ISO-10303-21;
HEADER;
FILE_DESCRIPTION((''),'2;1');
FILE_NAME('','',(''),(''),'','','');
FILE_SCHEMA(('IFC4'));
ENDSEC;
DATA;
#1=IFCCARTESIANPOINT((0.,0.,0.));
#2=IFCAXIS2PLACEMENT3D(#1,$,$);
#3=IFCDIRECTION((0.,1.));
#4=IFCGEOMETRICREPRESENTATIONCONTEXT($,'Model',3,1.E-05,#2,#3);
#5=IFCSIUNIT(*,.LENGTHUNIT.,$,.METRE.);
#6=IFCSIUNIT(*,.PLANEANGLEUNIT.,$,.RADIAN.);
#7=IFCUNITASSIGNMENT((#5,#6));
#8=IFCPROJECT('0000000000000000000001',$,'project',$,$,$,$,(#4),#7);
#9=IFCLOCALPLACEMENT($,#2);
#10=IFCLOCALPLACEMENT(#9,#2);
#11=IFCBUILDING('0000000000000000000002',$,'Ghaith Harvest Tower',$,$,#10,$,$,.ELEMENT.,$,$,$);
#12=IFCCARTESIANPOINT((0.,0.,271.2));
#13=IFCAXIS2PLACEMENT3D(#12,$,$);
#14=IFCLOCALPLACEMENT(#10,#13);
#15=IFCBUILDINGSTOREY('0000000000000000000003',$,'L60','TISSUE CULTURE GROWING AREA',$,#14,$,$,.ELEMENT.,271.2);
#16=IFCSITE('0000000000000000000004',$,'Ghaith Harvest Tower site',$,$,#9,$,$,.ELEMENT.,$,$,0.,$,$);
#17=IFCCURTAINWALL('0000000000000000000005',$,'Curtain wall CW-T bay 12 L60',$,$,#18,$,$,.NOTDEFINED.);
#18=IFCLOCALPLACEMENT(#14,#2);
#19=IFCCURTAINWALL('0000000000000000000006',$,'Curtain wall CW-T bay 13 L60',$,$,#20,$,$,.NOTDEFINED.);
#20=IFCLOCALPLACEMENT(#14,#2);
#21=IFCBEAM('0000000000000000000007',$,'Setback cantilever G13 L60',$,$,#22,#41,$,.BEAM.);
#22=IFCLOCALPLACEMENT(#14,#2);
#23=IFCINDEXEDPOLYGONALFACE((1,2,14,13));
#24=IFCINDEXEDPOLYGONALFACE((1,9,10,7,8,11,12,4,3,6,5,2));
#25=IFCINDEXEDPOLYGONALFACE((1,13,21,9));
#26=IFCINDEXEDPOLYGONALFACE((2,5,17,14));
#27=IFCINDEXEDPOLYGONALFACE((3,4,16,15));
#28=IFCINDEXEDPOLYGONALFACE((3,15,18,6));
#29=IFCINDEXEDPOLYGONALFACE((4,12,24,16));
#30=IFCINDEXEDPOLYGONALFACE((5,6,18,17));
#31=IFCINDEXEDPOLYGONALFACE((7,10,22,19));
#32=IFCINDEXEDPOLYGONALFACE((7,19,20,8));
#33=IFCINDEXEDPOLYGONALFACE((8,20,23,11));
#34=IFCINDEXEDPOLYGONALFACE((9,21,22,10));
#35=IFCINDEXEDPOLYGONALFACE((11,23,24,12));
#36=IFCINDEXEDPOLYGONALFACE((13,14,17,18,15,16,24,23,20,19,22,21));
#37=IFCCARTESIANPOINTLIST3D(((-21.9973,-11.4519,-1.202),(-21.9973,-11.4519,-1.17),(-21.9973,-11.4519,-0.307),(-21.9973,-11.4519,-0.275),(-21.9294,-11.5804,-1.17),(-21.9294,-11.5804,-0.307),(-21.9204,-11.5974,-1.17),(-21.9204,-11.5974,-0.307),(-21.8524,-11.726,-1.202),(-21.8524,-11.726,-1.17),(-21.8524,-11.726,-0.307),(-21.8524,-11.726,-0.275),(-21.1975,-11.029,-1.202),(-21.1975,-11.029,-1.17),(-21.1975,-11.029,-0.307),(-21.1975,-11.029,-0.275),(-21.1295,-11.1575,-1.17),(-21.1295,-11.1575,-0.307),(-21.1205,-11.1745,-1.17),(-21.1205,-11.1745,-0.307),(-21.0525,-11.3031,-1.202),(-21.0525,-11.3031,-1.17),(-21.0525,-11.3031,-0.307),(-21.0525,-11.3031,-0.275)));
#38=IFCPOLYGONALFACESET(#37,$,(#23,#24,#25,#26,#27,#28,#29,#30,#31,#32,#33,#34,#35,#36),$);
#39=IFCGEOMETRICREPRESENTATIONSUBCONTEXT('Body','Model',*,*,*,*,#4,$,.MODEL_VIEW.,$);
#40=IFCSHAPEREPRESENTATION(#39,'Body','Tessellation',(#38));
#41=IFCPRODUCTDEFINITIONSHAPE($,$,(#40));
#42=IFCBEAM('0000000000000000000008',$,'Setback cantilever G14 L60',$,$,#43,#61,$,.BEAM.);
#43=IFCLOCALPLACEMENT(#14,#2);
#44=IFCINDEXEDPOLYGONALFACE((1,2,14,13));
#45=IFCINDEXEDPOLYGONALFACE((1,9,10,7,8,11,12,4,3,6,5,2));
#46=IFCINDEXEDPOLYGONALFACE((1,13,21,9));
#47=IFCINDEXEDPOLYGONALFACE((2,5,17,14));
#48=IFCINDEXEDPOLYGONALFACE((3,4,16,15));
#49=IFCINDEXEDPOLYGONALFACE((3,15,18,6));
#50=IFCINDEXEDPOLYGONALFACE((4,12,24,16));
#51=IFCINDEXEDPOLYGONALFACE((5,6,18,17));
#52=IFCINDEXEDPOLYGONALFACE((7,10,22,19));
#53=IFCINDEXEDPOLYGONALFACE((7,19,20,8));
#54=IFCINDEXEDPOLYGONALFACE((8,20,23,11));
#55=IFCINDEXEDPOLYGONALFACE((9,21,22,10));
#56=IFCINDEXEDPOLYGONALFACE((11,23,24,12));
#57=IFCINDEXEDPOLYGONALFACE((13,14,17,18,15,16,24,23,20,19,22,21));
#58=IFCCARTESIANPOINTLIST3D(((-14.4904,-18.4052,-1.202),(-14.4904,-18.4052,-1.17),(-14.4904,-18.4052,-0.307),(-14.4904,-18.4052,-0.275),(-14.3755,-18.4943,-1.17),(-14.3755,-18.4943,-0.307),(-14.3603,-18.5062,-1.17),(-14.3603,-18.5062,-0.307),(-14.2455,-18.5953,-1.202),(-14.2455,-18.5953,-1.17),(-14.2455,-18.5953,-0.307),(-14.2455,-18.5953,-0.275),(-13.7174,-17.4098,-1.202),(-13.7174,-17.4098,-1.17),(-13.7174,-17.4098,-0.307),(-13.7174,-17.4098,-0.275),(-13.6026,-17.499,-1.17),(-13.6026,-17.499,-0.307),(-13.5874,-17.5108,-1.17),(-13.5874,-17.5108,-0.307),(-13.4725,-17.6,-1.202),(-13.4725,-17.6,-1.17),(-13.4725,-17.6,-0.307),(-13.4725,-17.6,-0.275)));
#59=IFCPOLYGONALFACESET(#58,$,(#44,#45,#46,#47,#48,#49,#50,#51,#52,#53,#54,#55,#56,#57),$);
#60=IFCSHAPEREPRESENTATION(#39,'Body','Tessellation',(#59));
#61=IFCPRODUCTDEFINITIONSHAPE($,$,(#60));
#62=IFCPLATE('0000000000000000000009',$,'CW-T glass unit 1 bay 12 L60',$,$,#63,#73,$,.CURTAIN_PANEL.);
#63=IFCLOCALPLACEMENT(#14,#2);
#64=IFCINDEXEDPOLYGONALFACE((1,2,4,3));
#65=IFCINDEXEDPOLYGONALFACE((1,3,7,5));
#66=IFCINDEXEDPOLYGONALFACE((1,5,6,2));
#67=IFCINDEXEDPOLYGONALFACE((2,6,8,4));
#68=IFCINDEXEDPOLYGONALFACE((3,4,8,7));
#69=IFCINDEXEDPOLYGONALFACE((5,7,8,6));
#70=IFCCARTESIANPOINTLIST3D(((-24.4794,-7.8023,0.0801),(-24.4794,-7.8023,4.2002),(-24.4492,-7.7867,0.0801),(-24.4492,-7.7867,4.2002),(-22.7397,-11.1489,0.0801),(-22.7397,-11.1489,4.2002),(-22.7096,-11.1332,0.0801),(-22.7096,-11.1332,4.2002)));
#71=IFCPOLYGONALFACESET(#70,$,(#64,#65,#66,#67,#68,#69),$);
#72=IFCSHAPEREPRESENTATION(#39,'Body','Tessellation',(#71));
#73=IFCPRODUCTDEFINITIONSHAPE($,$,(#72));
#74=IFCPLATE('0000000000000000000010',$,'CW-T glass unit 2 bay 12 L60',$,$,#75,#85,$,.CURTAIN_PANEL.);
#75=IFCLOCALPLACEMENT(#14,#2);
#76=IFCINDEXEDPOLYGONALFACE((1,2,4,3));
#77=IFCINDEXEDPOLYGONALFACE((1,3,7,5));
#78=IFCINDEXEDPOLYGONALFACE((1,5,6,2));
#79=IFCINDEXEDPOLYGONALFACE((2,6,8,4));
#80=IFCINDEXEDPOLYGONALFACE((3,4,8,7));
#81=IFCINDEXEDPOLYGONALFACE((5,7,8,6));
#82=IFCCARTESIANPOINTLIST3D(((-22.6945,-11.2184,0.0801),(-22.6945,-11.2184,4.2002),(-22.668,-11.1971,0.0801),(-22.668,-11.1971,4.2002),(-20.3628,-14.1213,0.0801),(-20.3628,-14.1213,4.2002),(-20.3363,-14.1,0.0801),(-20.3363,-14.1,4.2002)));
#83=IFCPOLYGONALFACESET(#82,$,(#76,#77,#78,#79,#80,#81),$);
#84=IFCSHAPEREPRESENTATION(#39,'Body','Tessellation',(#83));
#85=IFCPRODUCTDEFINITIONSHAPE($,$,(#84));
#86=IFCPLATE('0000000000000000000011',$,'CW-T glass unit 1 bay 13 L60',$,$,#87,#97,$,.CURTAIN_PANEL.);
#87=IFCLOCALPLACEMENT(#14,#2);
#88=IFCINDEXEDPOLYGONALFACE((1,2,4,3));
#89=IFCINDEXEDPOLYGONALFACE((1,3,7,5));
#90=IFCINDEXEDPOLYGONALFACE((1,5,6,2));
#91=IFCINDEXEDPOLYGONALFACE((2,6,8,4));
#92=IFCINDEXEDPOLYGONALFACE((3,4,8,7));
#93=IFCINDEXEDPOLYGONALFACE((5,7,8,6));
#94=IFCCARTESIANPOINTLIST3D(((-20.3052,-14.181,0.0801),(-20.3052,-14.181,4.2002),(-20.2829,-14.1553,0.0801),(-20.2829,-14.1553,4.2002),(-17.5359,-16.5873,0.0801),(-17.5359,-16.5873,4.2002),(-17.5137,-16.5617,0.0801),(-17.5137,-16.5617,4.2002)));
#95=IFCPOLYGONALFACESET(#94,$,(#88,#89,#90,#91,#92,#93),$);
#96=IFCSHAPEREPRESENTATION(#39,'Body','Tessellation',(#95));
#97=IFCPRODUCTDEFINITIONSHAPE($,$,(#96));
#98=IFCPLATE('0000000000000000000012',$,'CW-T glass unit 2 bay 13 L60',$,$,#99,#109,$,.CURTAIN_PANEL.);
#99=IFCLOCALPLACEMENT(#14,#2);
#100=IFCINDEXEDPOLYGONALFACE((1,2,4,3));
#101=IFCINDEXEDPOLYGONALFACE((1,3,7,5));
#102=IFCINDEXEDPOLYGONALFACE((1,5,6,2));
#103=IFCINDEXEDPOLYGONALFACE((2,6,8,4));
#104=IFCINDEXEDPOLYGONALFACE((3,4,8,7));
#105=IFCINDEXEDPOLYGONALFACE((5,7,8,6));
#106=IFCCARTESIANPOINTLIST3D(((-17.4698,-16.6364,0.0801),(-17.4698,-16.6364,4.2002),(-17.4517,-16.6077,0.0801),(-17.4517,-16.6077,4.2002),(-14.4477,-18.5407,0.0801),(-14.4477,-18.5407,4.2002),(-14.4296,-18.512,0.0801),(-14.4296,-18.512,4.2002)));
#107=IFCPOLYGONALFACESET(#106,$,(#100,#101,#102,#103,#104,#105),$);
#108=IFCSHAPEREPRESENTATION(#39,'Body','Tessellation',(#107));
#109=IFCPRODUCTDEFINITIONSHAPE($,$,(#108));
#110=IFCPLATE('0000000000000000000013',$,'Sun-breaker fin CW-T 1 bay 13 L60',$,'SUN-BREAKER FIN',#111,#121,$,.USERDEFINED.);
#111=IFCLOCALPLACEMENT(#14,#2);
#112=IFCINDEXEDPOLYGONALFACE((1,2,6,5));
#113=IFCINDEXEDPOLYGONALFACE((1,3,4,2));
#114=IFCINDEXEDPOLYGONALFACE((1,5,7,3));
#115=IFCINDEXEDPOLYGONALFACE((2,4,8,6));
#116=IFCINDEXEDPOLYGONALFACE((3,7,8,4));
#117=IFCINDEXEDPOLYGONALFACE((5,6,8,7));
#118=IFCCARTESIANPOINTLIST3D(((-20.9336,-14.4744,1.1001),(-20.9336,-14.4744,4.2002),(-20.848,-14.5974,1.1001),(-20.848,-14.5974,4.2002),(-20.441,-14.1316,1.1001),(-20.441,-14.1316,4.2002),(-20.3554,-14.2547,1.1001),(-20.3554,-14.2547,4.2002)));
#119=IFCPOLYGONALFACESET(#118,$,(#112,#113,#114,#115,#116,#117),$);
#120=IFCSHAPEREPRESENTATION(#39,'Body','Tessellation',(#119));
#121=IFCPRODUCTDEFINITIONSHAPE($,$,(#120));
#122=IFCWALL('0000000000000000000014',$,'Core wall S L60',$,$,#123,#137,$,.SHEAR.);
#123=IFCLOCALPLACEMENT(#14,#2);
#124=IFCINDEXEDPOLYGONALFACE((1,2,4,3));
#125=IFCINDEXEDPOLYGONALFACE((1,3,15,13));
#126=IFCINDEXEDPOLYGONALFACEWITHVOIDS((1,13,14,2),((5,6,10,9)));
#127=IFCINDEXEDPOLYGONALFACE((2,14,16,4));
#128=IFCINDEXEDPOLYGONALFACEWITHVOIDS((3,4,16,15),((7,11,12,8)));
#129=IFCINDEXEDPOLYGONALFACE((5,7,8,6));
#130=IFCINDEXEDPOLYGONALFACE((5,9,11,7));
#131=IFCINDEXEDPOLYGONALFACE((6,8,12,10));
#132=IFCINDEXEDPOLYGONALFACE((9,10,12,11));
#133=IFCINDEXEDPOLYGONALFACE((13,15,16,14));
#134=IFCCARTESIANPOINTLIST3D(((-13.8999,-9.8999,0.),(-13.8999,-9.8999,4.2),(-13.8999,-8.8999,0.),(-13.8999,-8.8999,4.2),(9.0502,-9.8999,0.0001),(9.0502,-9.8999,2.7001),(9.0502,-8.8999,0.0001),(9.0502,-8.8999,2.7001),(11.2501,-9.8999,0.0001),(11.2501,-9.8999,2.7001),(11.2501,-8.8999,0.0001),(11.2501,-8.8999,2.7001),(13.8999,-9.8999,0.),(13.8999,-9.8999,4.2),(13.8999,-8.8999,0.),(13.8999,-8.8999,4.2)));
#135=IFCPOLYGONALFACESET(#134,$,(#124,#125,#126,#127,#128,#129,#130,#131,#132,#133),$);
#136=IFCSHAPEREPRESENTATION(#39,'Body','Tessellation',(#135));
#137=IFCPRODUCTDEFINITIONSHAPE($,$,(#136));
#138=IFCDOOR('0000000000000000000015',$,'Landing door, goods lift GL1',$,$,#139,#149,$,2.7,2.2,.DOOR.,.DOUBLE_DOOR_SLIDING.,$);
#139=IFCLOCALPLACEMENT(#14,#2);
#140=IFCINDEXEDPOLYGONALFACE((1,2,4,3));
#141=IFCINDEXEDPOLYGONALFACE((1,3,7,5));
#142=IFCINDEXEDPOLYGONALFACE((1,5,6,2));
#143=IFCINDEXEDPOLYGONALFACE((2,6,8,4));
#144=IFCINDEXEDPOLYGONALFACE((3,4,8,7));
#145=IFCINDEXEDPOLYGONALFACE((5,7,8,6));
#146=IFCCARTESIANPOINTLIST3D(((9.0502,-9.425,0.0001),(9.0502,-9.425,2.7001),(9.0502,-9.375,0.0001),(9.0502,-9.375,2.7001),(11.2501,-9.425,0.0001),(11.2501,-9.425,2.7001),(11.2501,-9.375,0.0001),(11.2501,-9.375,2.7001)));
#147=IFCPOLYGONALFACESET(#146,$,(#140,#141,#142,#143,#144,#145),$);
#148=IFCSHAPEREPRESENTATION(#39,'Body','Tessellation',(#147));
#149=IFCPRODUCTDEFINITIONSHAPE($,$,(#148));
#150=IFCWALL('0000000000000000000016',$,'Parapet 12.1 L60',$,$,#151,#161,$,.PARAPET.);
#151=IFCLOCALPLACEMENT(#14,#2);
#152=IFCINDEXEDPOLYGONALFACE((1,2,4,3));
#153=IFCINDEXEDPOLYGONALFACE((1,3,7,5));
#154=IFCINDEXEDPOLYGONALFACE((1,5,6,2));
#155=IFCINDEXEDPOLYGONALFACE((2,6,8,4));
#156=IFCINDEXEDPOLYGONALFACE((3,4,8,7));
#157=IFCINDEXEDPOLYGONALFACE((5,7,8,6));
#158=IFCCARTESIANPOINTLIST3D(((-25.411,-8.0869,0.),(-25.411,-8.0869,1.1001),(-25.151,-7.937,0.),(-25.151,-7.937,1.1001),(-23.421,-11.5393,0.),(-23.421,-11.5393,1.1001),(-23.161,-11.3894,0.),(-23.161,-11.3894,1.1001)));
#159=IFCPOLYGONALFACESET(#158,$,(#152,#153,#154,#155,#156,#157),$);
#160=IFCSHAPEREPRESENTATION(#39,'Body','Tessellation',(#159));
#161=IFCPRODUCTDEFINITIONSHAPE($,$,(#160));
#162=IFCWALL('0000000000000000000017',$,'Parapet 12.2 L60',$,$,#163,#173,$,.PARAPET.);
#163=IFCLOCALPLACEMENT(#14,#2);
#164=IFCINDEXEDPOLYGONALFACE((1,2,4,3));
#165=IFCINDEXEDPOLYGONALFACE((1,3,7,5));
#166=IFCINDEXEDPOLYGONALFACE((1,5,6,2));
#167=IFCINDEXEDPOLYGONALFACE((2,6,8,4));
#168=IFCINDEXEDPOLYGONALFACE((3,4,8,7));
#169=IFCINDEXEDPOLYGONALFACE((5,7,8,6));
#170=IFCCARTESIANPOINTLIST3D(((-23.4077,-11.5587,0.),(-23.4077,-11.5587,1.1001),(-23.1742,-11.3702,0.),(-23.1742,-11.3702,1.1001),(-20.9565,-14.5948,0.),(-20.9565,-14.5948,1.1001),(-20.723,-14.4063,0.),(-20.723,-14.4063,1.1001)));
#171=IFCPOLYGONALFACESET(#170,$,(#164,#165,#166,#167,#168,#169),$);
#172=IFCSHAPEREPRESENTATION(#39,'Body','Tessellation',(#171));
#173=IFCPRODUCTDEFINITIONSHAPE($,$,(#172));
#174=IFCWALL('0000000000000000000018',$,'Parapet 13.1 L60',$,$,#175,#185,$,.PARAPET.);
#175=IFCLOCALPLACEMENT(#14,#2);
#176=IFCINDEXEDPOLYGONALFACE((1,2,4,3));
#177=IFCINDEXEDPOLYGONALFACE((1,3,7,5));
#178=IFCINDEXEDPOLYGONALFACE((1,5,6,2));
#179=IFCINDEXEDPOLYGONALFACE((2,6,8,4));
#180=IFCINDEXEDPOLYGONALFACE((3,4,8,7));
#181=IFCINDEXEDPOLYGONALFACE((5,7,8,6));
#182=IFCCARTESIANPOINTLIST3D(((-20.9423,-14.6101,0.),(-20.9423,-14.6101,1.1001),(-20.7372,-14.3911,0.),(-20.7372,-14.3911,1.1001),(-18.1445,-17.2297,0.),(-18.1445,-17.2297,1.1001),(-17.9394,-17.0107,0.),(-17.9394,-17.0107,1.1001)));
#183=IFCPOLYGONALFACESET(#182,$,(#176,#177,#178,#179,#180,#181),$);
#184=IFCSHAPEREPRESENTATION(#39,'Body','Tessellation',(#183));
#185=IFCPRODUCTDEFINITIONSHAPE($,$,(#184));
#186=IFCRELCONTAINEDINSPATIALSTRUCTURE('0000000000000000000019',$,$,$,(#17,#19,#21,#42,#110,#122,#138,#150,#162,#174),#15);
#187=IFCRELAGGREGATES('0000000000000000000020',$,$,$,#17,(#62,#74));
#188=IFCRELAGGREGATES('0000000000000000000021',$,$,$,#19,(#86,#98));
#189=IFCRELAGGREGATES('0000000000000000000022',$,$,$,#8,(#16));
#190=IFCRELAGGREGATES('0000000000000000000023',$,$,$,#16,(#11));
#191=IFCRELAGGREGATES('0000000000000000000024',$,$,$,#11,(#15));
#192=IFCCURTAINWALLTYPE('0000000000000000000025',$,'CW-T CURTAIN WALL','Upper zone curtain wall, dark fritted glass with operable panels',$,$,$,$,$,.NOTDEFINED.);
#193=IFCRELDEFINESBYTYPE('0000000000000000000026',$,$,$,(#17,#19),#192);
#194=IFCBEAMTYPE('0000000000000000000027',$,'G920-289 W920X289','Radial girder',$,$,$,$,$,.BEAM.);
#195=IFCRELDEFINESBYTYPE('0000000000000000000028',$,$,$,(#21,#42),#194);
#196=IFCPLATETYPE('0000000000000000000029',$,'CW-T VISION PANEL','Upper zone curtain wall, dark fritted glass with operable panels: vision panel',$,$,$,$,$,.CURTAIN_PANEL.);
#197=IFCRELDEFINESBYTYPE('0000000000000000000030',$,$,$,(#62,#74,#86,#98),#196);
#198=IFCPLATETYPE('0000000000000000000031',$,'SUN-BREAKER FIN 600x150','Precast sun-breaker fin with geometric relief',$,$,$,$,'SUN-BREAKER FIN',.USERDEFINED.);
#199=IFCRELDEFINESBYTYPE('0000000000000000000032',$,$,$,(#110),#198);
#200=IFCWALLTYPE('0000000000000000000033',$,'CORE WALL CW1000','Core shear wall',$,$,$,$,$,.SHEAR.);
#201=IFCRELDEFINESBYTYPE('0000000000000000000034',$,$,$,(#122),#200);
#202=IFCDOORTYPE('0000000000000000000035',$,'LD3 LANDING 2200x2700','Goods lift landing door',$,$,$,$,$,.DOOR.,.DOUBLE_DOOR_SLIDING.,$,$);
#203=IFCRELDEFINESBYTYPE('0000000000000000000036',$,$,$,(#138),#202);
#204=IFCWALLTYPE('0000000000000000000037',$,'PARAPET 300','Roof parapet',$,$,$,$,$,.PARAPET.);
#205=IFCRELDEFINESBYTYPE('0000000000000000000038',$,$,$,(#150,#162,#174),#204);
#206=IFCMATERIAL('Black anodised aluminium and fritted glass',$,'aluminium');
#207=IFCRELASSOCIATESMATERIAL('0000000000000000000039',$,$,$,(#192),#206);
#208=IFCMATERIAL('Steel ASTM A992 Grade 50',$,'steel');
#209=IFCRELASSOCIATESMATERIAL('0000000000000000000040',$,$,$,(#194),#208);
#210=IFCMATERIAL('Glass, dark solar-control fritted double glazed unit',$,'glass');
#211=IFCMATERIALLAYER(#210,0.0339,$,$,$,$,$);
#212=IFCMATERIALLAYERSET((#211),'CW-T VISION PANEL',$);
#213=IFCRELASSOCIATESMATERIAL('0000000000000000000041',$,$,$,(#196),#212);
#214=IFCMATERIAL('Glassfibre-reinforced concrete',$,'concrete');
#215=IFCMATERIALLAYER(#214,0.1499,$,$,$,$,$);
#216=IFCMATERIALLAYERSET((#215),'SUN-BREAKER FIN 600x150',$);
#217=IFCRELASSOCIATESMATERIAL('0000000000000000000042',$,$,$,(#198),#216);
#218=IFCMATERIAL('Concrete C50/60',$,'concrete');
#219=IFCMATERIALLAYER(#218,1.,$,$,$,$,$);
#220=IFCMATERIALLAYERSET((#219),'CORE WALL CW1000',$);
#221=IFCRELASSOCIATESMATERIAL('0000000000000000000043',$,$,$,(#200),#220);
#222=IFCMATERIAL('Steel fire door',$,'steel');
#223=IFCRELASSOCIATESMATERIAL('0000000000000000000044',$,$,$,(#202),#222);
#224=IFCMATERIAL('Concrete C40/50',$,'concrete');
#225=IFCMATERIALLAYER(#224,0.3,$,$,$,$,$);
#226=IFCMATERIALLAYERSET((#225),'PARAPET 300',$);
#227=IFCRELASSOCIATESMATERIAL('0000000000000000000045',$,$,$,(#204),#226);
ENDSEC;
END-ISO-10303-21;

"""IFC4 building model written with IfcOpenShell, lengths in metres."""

from ifc_helpers import new_model, si_unit, direction, frame, frame_2d, origin, origin_2d, place, context, subcontext, project, spatial, rectangle, i_section, extrude, material, layer, layer_set, material_profile, profile_set, type_object, element, fill, aggregate, save


model = new_model("IFC4")

# Units and contexts
model_context = context("Model", 3, precision=1e-05, world=origin(), true_north=direction((0.0, 1.0)))
body_context = subcontext(model_context, "Body", "Model", "MODEL_VIEW")
ifc_project = project(units=[si_unit("LENGTHUNIT", "METRE"), si_unit("PLANEANGLEUNIT", "RADIAN")], contexts=[model_context])

# Site, building, storey
site_placement = place(None, origin())
site = spatial("IfcSite", under=ifc_project, at=site_placement, Name="Ghaith Harvest Tower site", CompositionType="ELEMENT", RefElevation=0.0)
building_placement = place(site_placement, origin())
building = spatial("IfcBuilding", under=site, at=building_placement, Name="Ghaith Harvest Tower", CompositionType="ELEMENT")
storey_placement = place(building_placement, frame((0.0, 0.0, 271.2)))
storey = spatial("IfcBuildingStorey", under=building, at=storey_placement, Name="L60", Description="TISSUE CULTURE GROWING AREA", CompositionType="ELEMENT", Elevation=271.2)

# Curtain wall
ifc_material_1 = material(Name="Black anodised aluminium and fritted glass", Category="aluminium")
curtain_wall_type = type_object("IfcCurtainWallType", Name="CW-T CURTAIN WALL", Description="Upper zone curtain wall, dark fritted glass with operable panels", PredefinedType="NOTDEFINED", material=ifc_material_1)
curtain_wall_1_placement = place(storey_placement, origin())
curtain_wall_1 = element("IfcCurtainWall", 1, at=curtain_wall_1_placement, inside=storey, type_object=curtain_wall_type, Name="Curtain wall CW-T bay 12 L60", PredefinedType="NOTDEFINED")

# Curtain wall
curtain_wall_2_placement = place(storey_placement, origin())
curtain_wall_2 = element("IfcCurtainWall", 2, at=curtain_wall_2_placement, inside=storey, type_object=curtain_wall_type, Name="Curtain wall CW-T bay 13 L60", PredefinedType="NOTDEFINED")

# Beams
ifc_material_2 = material(Name="Steel ASTM A992 Grade 50", Category="steel")
ifc_material_profile_1 = material_profile(ifc_material_2, i_section(OverallWidth=0.3101, OverallDepth=0.927, WebThickness=0.0193, FlangeThickness=0.032, at=origin_2d()), Name="W920X289")
ifc_profile_set_1 = profile_set([ifc_material_profile_1], Name="Steel ASTM A992 Grade 50")
beam_type_1 = type_object("IfcBeamType", Name="G920-289 W920X289", Description="Radial girder", PredefinedType="BEAM", material=ifc_profile_set_1)
beam_1_placement = place(storey_placement, frame((-21.125, -11.166, -0.7385), z_axis=(-0.88405, -0.467392, 0.0), x_axis=(0.467392, -0.88405, 0.0)))
element("IfcBeam", 3, at=beam_1_placement, inside=storey, type_object=beam_type_1, Name="Setback cantilever G13 L60", PredefinedType="BEAM", context=body_context, shape_type="SweptSolid", body=[
    extrude(i_section(OverallWidth=0.3101, OverallDepth=0.927, WebThickness=0.0193, FlangeThickness=0.032, at=origin_2d()), origin(), (0.0, 0.0, 1.0), 0.9048),
])
beam_2_placement = place(storey_placement, frame((-13.595, -17.5049, -0.7385), z_axis=(-0.613337, -0.789821, 0.0), x_axis=(0.789821, -0.613337, 0.0)))
element("IfcBeam", 4, at=beam_2_placement, inside=storey, type_object=beam_type_1, Name="Setback cantilever G14 L60", PredefinedType="BEAM", context=body_context, shape_type="SweptSolid", body=[
    extrude(i_section(OverallWidth=0.3101, OverallDepth=0.927, WebThickness=0.0193, FlangeThickness=0.032, at=origin_2d()), origin(), (0.0, 0.0, 1.0), 1.2603),
])

# Plates
ifc_material_3 = material(Name="Glass, dark solar-control fritted double glazed unit", Category="glass")
ifc_layer_1 = layer(ifc_material_3, 0.0339)
ifc_layer_set_1 = layer_set([ifc_layer_1], Name="CW-T VISION PANEL")
plate_type_1 = type_object("IfcPlateType", Name="CW-T VISION PANEL", Description="Upper zone curtain wall, dark fritted glass with operable panels: vision panel", PredefinedType="CURTAIN_PANEL", material=ifc_layer_set_1)
plate_1_placement = place(storey_placement, frame((-23.5945, -9.4678, 0.0801), z_axis=(0.0, 0.0, 1.0), x_axis=(0.46123, -0.887281, 0.0)))
plate_1 = element("IfcPlate", 5, at=plate_1_placement, type_object=plate_type_1, Name="CW-T glass unit 1 bay 12 L60", PredefinedType="CURTAIN_PANEL", context=body_context, shape_type="SweptSolid", body=[
    extrude(rectangle(XDim=3.7717, YDim=0.0339, at=origin_2d()), origin(), (0.0, 0.0, 1.0), 4.1201),
])
plate_2_placement = place(storey_placement, frame((-21.5154, -12.6592, 0.0801), z_axis=(0.0, 0.0, 1.0), x_axis=(0.62623, -0.779639, 0.0)))
plate_2 = element("IfcPlate", 6, at=plate_2_placement, type_object=plate_type_1, Name="CW-T glass unit 2 bay 12 L60", PredefinedType="CURTAIN_PANEL", context=body_context, shape_type="SweptSolid", body=[
    extrude(rectangle(XDim=3.7234, YDim=0.0339, at=origin_2d()), origin(), (0.0, 0.0, 1.0), 4.1201),
])
aggregate(curtain_wall_1, [plate_1, plate_2])
plate_3_placement = place(storey_placement, frame((-18.9094, -15.3713, 0.0801), z_axis=(0.0, 0.0, 1.0), x_axis=(0.754829, -0.655922, 0.0)))
plate_3 = element("IfcPlate", 7, at=plate_3_placement, type_object=plate_type_1, Name="CW-T glass unit 1 bay 13 L60", PredefinedType="CURTAIN_PANEL", context=body_context, shape_type="SweptSolid", body=[
    extrude(rectangle(XDim=3.6687, YDim=0.0339, at=origin_2d()), origin(), (0.0, 0.0, 1.0), 4.1201),
])
plate_4_placement = place(storey_placement, frame((-15.9497, -17.5742, 0.0801), z_axis=(0.0, 0.0, 1.0), x_axis=(0.846043, -0.533114, 0.0)))
plate_4 = element("IfcPlate", 8, at=plate_4_placement, type_object=plate_type_1, Name="CW-T glass unit 2 bay 13 L60", PredefinedType="CURTAIN_PANEL", context=body_context, shape_type="SweptSolid", body=[
    extrude(rectangle(XDim=3.572, YDim=0.0339, at=origin_2d()), origin(), (0.0, 0.0, 1.0), 4.1201),
])
aggregate(curtain_wall_2, [plate_3, plate_4])
ifc_material_4 = material(Name="Glassfibre-reinforced concrete", Category="concrete")
ifc_layer_2 = layer(ifc_material_4, 0.1499)
ifc_layer_set_2 = layer_set([ifc_layer_2], Name="SUN-BREAKER FIN 600x150")
plate_type_2 = type_object("IfcPlateType", Name="SUN-BREAKER FIN 600x150", Description="Precast sun-breaker fin with geometric relief", ElementType="SUN-BREAKER FIN", PredefinedType="USERDEFINED", material=ifc_layer_set_2)
plate_5_placement = place(storey_placement, frame((-20.6445, -14.3645, 1.1001), z_axis=(0.0, 0.0, 1.0), x_axis=(-0.820845, -0.57115, 0.0)))
element("IfcPlate", 9, at=plate_5_placement, inside=storey, type_object=plate_type_2, Name="Sun-breaker fin CW-T 1 bay 13 L60", ObjectType="SUN-BREAKER FIN", PredefinedType="USERDEFINED", context=body_context, shape_type="SweptSolid", body=[
    extrude(rectangle(XDim=0.6001, YDim=0.1499, at=origin_2d()), origin(), (0.0, 0.0, 1.0), 3.1001),
])

# Wall, opening, door
ifc_material_5 = material(Name="Concrete C50/60", Category="concrete")
ifc_layer_3 = layer(ifc_material_5, 1.0)
ifc_layer_set_3 = layer_set([ifc_layer_3], Name="CORE WALL CW1000")
wall_type_1 = type_object("IfcWallType", Name="CORE WALL CW1000", Description="Core shear wall", PredefinedType="SHEAR", material=ifc_layer_set_3)
wall_1_placement = place(storey_placement, frame((-13.8999, -9.3999, 0.0), z_axis=(0.0, 0.0, 1.0), x_axis=(1.0, 0.0, 0.0)))
wall_1 = element("IfcWall", 10, at=wall_1_placement, inside=storey, type_object=wall_type_1, Name="Core wall S L60", PredefinedType="SHEAR", context=body_context, shape_type="SweptSolid", body=[
    extrude(rectangle(XDim=27.7998, YDim=1.0, at=frame_2d((13.8999, 0.0))), origin(), (0.0, 0.0, 1.0), 4.2),
])
opening_placement = place(wall_1_placement, frame((22.95, 0.0, 0.0)))
opening = element("IfcOpeningElement", 11, at=opening_placement, cuts=wall_1, PredefinedType="OPENING", context=body_context, shape_type="SweptSolid", body=[
    extrude(rectangle(XDim=2.2, YDim=2.7, at=frame_2d((1.1001, 1.3501))), frame((0.0, 0.51, 0.0), z_axis=(0.0, -1.0, 0.0), x_axis=(1.0, 0.0, 0.0)), (0.0, 0.0, 1.0), 1.02),
])
ifc_material_6 = material(Name="Steel fire door", Category="steel")
door_type = type_object("IfcDoorType", Name="LD3 LANDING 2200x2700", Description="Goods lift landing door", OperationType="DOUBLE_DOOR_SLIDING", PredefinedType="DOOR", material=ifc_material_6)
door_placement = place(opening_placement, origin())
door = element("IfcDoor", 12, at=door_placement, inside=storey, type_object=door_type, Name="Landing door, goods lift GL1", OperationType="DOUBLE_DOOR_SLIDING", OverallHeight=2.7, OverallWidth=2.2, PredefinedType="DOOR", context=body_context, shape_type="SweptSolid", body=[
    extrude(rectangle(XDim=2.2, YDim=2.7, at=frame_2d((1.1001, 1.3501))), frame((0.0, 0.0249, 0.0), z_axis=(0.0, -1.0, 0.0), x_axis=(1.0, 0.0, 0.0)), (0.0, 0.0, 1.0), 0.05),
])
fill(opening, door)

# Walls
ifc_material_7 = material(Name="Concrete C40/50", Category="concrete")
ifc_layer_4 = layer(ifc_material_7, 0.3)
ifc_layer_set_4 = layer_set([ifc_layer_4], Name="PARAPET 300")
wall_type_2 = type_object("IfcWallType", Name="PARAPET 300", Description="Roof parapet", PredefinedType="PARAPET", material=ifc_layer_set_4)
wall_2_placement = place(storey_placement, frame((-25.281, -8.012, 0.0), z_axis=(0.0, 0.0, 1.0), x_axis=(0.499388, -0.866378, 0.0)))
element("IfcWall", 13, at=wall_2_placement, inside=storey, type_object=wall_type_2, Name="Parapet 12.1 L60", PredefinedType="PARAPET", context=body_context, shape_type="SweptSolid", body=[
    extrude(rectangle(XDim=3.9849, YDim=0.3, at=frame_2d((1.9924, 0.0))), origin(), (0.0, 0.0, 1.0), 1.1001),
])
wall_3_placement = place(storey_placement, frame((-23.291, -11.4644, 0.0), z_axis=(0.0, 0.0, 1.0), x_axis=(0.628168, -0.778078, 0.0)))
element("IfcWall", 14, at=wall_3_placement, inside=storey, type_object=wall_type_2, Name="Parapet 12.2 L60", PredefinedType="PARAPET", context=body_context, shape_type="SweptSolid", body=[
    extrude(rectangle(XDim=3.9021, YDim=0.3, at=frame_2d((1.9512, 0.0))), origin(), (0.0, 0.0, 1.0), 1.1001),
])
wall_4_placement = place(storey_placement, frame((-20.8398, -14.5005, 0.0), z_axis=(0.0, 0.0, 1.0), x_axis=(0.729974, -0.683475, 0.0)))
element("IfcWall", 15, at=wall_4_placement, inside=storey, type_object=wall_type_2, Name="Parapet 13.1 L60", PredefinedType="PARAPET", context=body_context, shape_type="SweptSolid", body=[
    extrude(rectangle(XDim=3.8328, YDim=0.3, at=frame_2d((1.9165, 0.0))), origin(), (0.0, 0.0, 1.0), 1.1001),
])

save(model, "model.ifc")
